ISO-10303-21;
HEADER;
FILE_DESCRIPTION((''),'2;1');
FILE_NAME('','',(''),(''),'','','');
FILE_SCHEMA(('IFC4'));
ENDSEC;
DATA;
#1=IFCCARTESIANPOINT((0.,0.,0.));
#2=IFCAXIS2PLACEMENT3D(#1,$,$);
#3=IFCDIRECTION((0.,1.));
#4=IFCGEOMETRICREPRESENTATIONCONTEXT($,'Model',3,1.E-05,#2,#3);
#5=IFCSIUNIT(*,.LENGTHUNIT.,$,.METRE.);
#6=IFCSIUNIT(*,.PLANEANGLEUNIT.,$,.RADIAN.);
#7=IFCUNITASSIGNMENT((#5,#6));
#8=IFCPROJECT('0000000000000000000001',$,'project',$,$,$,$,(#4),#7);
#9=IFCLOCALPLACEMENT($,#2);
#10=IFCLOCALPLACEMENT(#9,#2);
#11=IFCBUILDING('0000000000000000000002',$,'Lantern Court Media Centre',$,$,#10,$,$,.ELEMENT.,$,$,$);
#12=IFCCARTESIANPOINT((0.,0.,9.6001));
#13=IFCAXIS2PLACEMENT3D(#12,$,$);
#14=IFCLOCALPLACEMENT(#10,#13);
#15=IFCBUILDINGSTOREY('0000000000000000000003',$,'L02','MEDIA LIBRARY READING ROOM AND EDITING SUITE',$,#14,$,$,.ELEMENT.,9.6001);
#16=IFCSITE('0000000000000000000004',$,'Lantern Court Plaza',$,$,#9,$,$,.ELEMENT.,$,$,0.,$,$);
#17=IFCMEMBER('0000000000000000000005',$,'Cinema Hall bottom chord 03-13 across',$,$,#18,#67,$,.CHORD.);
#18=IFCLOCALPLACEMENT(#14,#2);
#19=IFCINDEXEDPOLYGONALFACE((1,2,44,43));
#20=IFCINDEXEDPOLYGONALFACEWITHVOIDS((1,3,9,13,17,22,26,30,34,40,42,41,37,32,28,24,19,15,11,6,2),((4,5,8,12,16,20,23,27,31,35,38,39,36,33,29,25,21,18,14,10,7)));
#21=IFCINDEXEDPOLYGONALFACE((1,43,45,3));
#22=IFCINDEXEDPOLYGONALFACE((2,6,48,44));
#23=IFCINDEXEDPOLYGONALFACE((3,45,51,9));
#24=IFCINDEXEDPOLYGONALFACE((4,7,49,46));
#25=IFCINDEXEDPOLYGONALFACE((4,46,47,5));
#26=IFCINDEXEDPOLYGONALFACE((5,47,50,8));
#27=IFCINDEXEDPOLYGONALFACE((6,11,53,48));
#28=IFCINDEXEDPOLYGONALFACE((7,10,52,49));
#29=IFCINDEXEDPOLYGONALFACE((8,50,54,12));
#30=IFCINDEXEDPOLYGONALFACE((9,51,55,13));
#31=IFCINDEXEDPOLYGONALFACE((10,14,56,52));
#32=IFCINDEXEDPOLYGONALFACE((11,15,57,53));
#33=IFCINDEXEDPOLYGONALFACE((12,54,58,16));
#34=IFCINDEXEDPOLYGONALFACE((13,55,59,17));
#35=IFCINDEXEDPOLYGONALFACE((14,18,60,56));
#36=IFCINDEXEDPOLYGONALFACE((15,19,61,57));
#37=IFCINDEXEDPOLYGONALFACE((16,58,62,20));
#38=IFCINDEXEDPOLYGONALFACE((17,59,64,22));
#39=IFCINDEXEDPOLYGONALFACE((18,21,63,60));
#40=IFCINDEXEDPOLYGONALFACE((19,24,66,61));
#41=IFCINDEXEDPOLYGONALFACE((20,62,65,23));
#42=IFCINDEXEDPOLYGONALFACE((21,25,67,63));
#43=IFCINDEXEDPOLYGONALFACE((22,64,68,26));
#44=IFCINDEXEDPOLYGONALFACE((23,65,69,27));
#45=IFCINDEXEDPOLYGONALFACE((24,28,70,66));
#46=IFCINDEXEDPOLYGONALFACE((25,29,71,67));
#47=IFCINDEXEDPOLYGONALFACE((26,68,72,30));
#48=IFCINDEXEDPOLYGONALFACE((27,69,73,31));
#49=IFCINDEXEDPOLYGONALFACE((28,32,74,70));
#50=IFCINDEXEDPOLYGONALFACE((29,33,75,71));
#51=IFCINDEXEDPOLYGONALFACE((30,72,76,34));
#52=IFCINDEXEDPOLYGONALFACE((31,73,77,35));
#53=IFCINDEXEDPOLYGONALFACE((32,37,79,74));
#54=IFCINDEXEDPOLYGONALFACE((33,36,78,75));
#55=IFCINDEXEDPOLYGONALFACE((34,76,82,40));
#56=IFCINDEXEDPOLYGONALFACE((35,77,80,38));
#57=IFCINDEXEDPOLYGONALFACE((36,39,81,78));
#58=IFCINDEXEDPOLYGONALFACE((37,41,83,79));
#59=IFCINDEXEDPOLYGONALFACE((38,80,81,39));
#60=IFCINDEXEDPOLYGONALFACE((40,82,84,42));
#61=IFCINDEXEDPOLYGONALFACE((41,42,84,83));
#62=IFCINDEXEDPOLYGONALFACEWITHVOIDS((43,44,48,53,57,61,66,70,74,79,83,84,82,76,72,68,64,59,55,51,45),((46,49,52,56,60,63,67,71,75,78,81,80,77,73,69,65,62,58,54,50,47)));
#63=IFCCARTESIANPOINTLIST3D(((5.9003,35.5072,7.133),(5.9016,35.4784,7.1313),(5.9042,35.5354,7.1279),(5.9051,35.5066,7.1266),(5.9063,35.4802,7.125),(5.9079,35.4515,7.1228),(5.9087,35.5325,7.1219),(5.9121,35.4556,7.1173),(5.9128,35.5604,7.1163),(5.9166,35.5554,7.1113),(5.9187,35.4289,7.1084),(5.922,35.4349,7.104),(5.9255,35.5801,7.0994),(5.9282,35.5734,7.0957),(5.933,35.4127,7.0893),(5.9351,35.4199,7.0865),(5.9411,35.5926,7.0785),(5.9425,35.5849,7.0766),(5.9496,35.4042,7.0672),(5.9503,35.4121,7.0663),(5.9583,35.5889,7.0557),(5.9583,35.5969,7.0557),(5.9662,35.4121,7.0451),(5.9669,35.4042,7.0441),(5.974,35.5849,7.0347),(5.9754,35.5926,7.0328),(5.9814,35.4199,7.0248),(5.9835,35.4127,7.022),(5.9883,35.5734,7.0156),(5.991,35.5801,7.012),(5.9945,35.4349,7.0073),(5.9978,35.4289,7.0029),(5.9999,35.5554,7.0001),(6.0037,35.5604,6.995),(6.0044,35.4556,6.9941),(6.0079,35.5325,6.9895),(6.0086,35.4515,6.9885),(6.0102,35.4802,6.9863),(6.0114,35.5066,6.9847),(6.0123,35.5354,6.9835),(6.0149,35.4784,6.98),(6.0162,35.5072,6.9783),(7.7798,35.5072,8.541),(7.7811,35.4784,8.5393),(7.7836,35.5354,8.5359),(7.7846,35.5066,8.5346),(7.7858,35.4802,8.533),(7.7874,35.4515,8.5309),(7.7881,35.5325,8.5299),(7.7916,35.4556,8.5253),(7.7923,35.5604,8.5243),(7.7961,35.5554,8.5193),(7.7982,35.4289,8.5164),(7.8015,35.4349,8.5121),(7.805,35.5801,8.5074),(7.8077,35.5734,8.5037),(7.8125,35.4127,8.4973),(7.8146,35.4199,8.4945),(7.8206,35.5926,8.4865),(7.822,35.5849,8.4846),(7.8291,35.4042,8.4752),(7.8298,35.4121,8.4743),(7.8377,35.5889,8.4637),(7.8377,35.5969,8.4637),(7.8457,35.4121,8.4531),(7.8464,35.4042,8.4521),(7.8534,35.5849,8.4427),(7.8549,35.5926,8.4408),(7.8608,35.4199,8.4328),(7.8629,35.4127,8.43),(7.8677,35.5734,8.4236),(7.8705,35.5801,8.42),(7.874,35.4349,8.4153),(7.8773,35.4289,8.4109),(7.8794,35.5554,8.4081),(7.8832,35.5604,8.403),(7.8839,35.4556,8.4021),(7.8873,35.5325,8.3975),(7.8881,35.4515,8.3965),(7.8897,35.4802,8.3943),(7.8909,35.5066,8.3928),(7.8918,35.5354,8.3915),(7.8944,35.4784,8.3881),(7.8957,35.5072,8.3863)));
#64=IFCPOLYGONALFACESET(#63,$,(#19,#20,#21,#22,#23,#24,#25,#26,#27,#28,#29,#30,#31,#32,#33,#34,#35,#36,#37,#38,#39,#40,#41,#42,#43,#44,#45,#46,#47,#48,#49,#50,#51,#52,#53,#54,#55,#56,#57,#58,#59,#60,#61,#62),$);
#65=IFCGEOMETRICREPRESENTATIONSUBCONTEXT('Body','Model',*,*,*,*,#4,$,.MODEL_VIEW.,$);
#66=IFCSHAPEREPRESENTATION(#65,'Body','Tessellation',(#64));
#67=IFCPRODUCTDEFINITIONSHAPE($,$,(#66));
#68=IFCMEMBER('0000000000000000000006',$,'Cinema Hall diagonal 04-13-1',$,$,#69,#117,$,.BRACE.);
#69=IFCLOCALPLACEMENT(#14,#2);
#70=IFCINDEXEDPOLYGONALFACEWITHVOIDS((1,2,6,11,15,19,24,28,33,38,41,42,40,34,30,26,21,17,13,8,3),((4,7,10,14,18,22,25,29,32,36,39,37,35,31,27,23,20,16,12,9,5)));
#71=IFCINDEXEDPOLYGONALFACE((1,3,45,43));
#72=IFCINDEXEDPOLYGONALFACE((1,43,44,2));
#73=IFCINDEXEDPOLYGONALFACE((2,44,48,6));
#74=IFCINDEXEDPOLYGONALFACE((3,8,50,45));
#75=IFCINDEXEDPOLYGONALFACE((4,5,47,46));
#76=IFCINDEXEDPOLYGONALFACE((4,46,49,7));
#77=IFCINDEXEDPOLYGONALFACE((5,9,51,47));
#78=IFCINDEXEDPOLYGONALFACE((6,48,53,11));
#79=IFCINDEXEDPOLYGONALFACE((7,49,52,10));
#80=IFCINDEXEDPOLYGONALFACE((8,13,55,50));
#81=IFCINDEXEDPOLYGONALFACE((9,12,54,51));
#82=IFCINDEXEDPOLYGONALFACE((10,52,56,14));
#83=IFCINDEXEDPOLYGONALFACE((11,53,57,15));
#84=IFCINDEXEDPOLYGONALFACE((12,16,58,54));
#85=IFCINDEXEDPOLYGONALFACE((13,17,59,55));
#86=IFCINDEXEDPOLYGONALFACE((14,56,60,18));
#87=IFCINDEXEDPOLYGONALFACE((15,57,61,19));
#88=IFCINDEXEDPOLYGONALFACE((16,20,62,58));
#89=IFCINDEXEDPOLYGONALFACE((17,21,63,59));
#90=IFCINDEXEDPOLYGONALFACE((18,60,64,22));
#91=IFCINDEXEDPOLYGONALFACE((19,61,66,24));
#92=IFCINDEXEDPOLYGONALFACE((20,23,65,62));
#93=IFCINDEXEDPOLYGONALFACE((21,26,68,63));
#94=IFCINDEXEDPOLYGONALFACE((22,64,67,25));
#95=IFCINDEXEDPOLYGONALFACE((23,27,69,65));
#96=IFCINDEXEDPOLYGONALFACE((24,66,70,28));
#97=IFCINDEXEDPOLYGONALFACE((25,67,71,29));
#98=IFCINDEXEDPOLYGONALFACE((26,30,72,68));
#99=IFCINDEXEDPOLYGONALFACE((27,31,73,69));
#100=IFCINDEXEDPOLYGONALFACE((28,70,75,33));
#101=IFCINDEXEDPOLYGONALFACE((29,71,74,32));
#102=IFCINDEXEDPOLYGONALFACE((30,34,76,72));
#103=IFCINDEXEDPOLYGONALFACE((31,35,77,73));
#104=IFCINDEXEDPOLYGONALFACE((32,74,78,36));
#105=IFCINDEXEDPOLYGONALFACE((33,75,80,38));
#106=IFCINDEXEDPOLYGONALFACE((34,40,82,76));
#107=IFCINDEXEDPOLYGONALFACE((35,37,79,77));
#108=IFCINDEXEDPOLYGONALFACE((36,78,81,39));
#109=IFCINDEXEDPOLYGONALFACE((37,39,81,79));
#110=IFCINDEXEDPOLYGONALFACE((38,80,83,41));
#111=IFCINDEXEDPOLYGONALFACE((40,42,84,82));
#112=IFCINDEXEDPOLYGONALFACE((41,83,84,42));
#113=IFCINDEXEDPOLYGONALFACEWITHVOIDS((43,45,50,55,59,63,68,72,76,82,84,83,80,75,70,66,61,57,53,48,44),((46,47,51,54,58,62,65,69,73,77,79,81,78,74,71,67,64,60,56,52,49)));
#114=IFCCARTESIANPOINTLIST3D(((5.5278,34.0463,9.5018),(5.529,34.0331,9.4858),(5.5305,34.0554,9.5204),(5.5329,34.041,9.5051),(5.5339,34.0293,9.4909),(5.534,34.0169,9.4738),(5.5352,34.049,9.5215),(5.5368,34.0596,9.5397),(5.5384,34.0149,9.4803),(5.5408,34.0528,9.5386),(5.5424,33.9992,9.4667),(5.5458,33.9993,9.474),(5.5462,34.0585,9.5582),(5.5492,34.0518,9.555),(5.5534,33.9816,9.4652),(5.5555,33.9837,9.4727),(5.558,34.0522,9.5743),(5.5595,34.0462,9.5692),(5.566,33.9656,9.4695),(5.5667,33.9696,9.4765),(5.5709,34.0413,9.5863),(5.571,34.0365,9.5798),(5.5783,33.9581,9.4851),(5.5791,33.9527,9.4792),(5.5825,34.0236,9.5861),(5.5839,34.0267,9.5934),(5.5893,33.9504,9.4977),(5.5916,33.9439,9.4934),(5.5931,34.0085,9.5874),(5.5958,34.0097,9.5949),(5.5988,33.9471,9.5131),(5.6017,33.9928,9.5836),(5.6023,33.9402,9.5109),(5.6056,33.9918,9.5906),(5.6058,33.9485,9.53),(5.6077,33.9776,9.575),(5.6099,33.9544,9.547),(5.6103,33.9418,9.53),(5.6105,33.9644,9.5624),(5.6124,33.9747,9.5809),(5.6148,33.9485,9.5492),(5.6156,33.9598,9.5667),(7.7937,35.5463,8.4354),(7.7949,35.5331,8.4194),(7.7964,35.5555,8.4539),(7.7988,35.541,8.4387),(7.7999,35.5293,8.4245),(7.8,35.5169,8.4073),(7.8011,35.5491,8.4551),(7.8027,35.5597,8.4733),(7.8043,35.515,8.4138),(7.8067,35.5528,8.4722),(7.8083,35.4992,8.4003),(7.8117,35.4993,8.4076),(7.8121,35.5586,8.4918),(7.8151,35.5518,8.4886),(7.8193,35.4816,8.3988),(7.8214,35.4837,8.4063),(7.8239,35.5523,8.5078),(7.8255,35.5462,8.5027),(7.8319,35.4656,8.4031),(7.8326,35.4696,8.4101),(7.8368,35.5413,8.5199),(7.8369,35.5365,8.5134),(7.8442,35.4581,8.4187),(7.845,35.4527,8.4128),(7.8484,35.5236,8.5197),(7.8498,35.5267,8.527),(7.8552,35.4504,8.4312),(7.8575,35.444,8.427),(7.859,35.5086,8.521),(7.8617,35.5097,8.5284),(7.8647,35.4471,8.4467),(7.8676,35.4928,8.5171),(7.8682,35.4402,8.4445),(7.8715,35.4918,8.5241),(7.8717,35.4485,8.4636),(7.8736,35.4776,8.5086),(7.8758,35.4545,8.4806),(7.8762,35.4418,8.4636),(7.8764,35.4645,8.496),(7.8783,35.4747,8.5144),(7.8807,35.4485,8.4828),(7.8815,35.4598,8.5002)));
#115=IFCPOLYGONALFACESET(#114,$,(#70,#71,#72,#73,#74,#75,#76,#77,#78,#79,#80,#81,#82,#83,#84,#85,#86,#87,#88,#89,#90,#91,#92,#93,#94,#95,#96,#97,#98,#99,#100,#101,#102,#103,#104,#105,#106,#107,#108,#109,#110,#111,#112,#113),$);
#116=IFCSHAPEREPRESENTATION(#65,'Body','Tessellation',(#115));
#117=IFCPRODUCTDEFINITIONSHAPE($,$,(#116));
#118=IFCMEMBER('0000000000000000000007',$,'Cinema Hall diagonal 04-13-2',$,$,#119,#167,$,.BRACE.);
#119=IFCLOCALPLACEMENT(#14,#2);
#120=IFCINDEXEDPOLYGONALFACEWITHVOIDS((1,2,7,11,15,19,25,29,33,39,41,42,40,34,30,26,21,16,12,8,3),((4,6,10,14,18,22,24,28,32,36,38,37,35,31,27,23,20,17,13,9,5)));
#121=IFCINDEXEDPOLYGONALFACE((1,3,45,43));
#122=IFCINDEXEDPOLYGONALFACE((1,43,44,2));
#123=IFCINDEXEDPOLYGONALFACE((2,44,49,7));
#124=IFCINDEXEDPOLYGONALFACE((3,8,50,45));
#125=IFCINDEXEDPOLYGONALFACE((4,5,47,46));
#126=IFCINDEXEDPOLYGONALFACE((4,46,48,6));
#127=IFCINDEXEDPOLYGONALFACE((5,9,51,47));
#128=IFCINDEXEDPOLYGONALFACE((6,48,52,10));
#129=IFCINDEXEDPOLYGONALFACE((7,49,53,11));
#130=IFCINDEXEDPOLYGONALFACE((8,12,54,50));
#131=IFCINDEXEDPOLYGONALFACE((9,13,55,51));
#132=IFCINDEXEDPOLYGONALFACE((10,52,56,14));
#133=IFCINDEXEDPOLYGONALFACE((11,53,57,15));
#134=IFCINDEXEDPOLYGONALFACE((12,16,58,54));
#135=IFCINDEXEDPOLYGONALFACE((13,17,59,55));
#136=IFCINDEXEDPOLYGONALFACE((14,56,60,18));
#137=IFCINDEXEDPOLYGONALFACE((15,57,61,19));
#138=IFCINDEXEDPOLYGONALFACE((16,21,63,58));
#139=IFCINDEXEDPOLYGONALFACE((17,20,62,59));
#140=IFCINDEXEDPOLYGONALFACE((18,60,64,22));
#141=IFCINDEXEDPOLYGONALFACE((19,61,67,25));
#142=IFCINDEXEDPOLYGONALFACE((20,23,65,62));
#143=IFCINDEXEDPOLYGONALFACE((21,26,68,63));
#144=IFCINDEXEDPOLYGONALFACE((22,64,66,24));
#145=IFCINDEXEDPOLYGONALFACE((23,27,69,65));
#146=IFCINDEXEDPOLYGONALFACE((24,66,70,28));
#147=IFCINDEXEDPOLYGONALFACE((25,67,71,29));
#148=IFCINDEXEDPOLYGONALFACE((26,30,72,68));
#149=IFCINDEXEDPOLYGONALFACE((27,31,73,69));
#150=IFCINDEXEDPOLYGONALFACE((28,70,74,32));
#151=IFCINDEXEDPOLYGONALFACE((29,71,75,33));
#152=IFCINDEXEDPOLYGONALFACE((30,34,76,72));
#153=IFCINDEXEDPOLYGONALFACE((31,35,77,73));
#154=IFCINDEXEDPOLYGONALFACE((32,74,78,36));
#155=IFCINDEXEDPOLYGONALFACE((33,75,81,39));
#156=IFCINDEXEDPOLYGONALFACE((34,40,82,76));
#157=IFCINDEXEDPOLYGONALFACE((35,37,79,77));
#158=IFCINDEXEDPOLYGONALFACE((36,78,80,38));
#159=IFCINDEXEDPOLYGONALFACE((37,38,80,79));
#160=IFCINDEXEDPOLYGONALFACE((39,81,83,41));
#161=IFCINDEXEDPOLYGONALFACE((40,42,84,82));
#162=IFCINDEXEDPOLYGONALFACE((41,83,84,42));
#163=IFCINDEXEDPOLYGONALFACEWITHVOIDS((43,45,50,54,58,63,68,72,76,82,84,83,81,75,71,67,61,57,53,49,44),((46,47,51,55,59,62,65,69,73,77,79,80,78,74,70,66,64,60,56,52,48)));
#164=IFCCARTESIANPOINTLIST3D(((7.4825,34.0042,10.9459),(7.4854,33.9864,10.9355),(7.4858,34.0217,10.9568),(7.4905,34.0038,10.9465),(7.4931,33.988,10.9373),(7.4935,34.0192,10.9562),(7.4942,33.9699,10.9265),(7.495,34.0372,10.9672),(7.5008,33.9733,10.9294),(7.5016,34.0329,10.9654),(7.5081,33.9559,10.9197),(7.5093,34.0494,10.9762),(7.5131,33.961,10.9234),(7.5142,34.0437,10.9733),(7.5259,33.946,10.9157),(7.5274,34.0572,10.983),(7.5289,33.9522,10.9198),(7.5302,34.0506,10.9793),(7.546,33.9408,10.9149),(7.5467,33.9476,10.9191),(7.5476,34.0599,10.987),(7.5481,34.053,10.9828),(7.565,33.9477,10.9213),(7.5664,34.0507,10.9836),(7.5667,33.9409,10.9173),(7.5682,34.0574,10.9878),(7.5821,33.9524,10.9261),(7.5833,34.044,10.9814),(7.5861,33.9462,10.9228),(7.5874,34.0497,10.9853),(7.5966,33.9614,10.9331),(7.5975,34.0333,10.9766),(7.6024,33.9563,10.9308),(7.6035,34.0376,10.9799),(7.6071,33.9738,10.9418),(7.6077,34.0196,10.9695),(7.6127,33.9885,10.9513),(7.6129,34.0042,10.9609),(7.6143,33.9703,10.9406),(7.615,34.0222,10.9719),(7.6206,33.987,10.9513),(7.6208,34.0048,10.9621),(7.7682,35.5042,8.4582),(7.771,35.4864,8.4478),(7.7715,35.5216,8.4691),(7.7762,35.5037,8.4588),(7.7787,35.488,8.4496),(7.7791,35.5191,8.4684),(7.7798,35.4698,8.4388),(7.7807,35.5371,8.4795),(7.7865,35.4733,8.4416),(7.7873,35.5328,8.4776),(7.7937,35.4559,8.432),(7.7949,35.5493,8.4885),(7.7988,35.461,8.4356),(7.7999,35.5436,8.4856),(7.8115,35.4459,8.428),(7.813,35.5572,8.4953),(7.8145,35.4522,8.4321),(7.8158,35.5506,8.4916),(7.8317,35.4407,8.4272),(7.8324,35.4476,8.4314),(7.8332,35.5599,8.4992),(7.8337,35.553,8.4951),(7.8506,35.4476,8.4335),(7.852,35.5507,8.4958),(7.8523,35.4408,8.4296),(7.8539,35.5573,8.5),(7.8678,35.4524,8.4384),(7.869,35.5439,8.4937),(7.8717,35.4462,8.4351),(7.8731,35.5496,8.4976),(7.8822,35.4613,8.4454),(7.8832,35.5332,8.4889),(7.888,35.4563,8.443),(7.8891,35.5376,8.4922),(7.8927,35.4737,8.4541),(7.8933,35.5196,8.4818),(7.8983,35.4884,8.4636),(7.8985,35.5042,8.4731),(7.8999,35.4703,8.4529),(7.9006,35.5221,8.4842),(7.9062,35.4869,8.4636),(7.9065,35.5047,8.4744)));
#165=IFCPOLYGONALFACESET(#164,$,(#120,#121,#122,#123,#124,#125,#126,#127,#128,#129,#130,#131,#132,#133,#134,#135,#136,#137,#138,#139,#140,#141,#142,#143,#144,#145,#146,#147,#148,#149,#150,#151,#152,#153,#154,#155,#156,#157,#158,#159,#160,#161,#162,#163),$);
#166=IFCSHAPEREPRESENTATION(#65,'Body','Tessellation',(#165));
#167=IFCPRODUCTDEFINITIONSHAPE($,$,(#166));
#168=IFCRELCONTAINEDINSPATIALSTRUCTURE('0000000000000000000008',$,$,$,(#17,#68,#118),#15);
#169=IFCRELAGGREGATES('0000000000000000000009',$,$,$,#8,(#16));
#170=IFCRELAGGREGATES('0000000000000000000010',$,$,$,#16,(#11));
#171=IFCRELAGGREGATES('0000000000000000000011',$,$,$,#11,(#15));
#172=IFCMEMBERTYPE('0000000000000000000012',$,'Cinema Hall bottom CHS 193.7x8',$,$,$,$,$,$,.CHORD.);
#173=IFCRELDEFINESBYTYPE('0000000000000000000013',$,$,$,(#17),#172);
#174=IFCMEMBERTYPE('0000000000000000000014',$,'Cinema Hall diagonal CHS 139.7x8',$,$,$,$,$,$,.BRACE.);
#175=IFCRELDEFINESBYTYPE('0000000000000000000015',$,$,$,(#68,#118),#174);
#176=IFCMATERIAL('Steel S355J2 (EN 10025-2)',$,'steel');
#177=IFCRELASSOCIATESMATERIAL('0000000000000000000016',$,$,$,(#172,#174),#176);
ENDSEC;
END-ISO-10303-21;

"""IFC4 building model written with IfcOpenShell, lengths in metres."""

from ifc_helpers import new_model, si_unit, direction, frame, origin, origin_2d, place, context, subcontext, project, spatial, hollow_circle, extrude, material, material_profile, profile_set, type_object, element, save


model = new_model("IFC4")

# Units and contexts
model_context = context("Model", 3, precision=1e-05, world=origin(), true_north=direction((0.0, 1.0)))
body_context = subcontext(model_context, "Body", "Model", "MODEL_VIEW")
ifc_project = project(units=[si_unit("LENGTHUNIT", "METRE"), si_unit("PLANEANGLEUNIT", "RADIAN")], contexts=[model_context])

# Site, building, storey
site_placement = place(None, origin())
site = spatial("IfcSite", under=ifc_project, at=site_placement, Name="Lantern Court Plaza", CompositionType="ELEMENT", RefElevation=0.0)
building_placement = place(site_placement, origin())
building = spatial("IfcBuilding", under=site, at=building_placement, Name="Lantern Court Media Centre", CompositionType="ELEMENT")
storey_placement = place(building_placement, frame((0.0, 0.0, 9.6001)))
storey = spatial("IfcBuildingStorey", under=building, at=storey_placement, Name="L02", Description="MEDIA LIBRARY READING ROOM AND EDITING SUITE", CompositionType="ELEMENT", Elevation=9.6001)

# Members
ifc_material = material(Name="Steel S355J2 (EN 10025-2)", Category="steel")
ifc_material_profile_1 = material_profile(ifc_material, hollow_circle(Radius=0.0969, WallThickness=0.0081, at=origin_2d()), Name="Cinema Hall bottom CHS 193.7x8")
ifc_profile_set_1 = profile_set([ifc_material_profile_1], Name="Steel S355J2 (EN 10025-2)")
member_type_1 = type_object("IfcMemberType", Name="Cinema Hall bottom CHS 193.7x8", PredefinedType="CHORD", material=ifc_profile_set_1)
member_1_placement = place(storey_placement, frame((5.9583, 35.5, 7.0557), z_axis=(0.800324, 0.0, 0.599567), x_axis=(0.0, 1.0, 0.0)))
element("IfcMember", 1, at=member_1_placement, inside=storey, type_object=member_type_1, Name="Cinema Hall bottom chord 03-13 across", PredefinedType="CHORD", context=body_context, shape_type="SweptSolid", body=[
    extrude(hollow_circle(Radius=0.0969, WallThickness=0.0081, at=origin_2d()), origin(), (0.0, 0.0, 1.0), 2.3484),
])
ifc_material_profile_2 = material_profile(ifc_material, hollow_circle(Radius=0.0698, WallThickness=0.0081, at=origin_2d()), Name="Cinema Hall diagonal CHS 139.7x8")
ifc_profile_set_2 = profile_set([ifc_material_profile_2], Name="Steel S355J2 (EN 10025-2)")
member_type_2 = type_object("IfcMemberType", Name="Cinema Hall diagonal CHS 139.7x8", PredefinedType="BRACE", material=ifc_profile_set_2)
member_2_placement = place(storey_placement, frame((7.8376, 35.5, 8.4636), z_axis=(-0.776211, -0.51385, 0.365315), x_axis=(0.552002, -0.833843, 0.0)))
element("IfcMember", 2, at=member_2_placement, inside=storey, type_object=member_type_2, Name="Cinema Hall diagonal 04-13-1", PredefinedType="BRACE", context=body_context, shape_type="SweptSolid", body=[
    extrude(hollow_circle(Radius=0.0698, WallThickness=0.0081, at=origin_2d()), origin(), (0.0, 0.0, 1.0), 2.9192),
])
for number, where, z_axis, x_axis, name in (
    (3, (7.8376, 35.5, 8.4636), (-0.097856, -0.51387, 0.852268), (0.982347, -0.187068, 0.0), "Cinema Hall diagonal 04-13-2"),
):
    element("IfcMember", number, at=place(storey_placement, frame(where, z_axis=z_axis, x_axis=x_axis)), inside=storey, type_object=member_type_2, Name=name, PredefinedType="BRACE", context=body_context, shape_type="SweptSolid", body=[
        extrude(hollow_circle(Radius=0.0698, WallThickness=0.0081, at=origin_2d()), origin(), (0.0, 0.0, 1.0), 2.9189),
    ])

save(model, "model.ifc")
